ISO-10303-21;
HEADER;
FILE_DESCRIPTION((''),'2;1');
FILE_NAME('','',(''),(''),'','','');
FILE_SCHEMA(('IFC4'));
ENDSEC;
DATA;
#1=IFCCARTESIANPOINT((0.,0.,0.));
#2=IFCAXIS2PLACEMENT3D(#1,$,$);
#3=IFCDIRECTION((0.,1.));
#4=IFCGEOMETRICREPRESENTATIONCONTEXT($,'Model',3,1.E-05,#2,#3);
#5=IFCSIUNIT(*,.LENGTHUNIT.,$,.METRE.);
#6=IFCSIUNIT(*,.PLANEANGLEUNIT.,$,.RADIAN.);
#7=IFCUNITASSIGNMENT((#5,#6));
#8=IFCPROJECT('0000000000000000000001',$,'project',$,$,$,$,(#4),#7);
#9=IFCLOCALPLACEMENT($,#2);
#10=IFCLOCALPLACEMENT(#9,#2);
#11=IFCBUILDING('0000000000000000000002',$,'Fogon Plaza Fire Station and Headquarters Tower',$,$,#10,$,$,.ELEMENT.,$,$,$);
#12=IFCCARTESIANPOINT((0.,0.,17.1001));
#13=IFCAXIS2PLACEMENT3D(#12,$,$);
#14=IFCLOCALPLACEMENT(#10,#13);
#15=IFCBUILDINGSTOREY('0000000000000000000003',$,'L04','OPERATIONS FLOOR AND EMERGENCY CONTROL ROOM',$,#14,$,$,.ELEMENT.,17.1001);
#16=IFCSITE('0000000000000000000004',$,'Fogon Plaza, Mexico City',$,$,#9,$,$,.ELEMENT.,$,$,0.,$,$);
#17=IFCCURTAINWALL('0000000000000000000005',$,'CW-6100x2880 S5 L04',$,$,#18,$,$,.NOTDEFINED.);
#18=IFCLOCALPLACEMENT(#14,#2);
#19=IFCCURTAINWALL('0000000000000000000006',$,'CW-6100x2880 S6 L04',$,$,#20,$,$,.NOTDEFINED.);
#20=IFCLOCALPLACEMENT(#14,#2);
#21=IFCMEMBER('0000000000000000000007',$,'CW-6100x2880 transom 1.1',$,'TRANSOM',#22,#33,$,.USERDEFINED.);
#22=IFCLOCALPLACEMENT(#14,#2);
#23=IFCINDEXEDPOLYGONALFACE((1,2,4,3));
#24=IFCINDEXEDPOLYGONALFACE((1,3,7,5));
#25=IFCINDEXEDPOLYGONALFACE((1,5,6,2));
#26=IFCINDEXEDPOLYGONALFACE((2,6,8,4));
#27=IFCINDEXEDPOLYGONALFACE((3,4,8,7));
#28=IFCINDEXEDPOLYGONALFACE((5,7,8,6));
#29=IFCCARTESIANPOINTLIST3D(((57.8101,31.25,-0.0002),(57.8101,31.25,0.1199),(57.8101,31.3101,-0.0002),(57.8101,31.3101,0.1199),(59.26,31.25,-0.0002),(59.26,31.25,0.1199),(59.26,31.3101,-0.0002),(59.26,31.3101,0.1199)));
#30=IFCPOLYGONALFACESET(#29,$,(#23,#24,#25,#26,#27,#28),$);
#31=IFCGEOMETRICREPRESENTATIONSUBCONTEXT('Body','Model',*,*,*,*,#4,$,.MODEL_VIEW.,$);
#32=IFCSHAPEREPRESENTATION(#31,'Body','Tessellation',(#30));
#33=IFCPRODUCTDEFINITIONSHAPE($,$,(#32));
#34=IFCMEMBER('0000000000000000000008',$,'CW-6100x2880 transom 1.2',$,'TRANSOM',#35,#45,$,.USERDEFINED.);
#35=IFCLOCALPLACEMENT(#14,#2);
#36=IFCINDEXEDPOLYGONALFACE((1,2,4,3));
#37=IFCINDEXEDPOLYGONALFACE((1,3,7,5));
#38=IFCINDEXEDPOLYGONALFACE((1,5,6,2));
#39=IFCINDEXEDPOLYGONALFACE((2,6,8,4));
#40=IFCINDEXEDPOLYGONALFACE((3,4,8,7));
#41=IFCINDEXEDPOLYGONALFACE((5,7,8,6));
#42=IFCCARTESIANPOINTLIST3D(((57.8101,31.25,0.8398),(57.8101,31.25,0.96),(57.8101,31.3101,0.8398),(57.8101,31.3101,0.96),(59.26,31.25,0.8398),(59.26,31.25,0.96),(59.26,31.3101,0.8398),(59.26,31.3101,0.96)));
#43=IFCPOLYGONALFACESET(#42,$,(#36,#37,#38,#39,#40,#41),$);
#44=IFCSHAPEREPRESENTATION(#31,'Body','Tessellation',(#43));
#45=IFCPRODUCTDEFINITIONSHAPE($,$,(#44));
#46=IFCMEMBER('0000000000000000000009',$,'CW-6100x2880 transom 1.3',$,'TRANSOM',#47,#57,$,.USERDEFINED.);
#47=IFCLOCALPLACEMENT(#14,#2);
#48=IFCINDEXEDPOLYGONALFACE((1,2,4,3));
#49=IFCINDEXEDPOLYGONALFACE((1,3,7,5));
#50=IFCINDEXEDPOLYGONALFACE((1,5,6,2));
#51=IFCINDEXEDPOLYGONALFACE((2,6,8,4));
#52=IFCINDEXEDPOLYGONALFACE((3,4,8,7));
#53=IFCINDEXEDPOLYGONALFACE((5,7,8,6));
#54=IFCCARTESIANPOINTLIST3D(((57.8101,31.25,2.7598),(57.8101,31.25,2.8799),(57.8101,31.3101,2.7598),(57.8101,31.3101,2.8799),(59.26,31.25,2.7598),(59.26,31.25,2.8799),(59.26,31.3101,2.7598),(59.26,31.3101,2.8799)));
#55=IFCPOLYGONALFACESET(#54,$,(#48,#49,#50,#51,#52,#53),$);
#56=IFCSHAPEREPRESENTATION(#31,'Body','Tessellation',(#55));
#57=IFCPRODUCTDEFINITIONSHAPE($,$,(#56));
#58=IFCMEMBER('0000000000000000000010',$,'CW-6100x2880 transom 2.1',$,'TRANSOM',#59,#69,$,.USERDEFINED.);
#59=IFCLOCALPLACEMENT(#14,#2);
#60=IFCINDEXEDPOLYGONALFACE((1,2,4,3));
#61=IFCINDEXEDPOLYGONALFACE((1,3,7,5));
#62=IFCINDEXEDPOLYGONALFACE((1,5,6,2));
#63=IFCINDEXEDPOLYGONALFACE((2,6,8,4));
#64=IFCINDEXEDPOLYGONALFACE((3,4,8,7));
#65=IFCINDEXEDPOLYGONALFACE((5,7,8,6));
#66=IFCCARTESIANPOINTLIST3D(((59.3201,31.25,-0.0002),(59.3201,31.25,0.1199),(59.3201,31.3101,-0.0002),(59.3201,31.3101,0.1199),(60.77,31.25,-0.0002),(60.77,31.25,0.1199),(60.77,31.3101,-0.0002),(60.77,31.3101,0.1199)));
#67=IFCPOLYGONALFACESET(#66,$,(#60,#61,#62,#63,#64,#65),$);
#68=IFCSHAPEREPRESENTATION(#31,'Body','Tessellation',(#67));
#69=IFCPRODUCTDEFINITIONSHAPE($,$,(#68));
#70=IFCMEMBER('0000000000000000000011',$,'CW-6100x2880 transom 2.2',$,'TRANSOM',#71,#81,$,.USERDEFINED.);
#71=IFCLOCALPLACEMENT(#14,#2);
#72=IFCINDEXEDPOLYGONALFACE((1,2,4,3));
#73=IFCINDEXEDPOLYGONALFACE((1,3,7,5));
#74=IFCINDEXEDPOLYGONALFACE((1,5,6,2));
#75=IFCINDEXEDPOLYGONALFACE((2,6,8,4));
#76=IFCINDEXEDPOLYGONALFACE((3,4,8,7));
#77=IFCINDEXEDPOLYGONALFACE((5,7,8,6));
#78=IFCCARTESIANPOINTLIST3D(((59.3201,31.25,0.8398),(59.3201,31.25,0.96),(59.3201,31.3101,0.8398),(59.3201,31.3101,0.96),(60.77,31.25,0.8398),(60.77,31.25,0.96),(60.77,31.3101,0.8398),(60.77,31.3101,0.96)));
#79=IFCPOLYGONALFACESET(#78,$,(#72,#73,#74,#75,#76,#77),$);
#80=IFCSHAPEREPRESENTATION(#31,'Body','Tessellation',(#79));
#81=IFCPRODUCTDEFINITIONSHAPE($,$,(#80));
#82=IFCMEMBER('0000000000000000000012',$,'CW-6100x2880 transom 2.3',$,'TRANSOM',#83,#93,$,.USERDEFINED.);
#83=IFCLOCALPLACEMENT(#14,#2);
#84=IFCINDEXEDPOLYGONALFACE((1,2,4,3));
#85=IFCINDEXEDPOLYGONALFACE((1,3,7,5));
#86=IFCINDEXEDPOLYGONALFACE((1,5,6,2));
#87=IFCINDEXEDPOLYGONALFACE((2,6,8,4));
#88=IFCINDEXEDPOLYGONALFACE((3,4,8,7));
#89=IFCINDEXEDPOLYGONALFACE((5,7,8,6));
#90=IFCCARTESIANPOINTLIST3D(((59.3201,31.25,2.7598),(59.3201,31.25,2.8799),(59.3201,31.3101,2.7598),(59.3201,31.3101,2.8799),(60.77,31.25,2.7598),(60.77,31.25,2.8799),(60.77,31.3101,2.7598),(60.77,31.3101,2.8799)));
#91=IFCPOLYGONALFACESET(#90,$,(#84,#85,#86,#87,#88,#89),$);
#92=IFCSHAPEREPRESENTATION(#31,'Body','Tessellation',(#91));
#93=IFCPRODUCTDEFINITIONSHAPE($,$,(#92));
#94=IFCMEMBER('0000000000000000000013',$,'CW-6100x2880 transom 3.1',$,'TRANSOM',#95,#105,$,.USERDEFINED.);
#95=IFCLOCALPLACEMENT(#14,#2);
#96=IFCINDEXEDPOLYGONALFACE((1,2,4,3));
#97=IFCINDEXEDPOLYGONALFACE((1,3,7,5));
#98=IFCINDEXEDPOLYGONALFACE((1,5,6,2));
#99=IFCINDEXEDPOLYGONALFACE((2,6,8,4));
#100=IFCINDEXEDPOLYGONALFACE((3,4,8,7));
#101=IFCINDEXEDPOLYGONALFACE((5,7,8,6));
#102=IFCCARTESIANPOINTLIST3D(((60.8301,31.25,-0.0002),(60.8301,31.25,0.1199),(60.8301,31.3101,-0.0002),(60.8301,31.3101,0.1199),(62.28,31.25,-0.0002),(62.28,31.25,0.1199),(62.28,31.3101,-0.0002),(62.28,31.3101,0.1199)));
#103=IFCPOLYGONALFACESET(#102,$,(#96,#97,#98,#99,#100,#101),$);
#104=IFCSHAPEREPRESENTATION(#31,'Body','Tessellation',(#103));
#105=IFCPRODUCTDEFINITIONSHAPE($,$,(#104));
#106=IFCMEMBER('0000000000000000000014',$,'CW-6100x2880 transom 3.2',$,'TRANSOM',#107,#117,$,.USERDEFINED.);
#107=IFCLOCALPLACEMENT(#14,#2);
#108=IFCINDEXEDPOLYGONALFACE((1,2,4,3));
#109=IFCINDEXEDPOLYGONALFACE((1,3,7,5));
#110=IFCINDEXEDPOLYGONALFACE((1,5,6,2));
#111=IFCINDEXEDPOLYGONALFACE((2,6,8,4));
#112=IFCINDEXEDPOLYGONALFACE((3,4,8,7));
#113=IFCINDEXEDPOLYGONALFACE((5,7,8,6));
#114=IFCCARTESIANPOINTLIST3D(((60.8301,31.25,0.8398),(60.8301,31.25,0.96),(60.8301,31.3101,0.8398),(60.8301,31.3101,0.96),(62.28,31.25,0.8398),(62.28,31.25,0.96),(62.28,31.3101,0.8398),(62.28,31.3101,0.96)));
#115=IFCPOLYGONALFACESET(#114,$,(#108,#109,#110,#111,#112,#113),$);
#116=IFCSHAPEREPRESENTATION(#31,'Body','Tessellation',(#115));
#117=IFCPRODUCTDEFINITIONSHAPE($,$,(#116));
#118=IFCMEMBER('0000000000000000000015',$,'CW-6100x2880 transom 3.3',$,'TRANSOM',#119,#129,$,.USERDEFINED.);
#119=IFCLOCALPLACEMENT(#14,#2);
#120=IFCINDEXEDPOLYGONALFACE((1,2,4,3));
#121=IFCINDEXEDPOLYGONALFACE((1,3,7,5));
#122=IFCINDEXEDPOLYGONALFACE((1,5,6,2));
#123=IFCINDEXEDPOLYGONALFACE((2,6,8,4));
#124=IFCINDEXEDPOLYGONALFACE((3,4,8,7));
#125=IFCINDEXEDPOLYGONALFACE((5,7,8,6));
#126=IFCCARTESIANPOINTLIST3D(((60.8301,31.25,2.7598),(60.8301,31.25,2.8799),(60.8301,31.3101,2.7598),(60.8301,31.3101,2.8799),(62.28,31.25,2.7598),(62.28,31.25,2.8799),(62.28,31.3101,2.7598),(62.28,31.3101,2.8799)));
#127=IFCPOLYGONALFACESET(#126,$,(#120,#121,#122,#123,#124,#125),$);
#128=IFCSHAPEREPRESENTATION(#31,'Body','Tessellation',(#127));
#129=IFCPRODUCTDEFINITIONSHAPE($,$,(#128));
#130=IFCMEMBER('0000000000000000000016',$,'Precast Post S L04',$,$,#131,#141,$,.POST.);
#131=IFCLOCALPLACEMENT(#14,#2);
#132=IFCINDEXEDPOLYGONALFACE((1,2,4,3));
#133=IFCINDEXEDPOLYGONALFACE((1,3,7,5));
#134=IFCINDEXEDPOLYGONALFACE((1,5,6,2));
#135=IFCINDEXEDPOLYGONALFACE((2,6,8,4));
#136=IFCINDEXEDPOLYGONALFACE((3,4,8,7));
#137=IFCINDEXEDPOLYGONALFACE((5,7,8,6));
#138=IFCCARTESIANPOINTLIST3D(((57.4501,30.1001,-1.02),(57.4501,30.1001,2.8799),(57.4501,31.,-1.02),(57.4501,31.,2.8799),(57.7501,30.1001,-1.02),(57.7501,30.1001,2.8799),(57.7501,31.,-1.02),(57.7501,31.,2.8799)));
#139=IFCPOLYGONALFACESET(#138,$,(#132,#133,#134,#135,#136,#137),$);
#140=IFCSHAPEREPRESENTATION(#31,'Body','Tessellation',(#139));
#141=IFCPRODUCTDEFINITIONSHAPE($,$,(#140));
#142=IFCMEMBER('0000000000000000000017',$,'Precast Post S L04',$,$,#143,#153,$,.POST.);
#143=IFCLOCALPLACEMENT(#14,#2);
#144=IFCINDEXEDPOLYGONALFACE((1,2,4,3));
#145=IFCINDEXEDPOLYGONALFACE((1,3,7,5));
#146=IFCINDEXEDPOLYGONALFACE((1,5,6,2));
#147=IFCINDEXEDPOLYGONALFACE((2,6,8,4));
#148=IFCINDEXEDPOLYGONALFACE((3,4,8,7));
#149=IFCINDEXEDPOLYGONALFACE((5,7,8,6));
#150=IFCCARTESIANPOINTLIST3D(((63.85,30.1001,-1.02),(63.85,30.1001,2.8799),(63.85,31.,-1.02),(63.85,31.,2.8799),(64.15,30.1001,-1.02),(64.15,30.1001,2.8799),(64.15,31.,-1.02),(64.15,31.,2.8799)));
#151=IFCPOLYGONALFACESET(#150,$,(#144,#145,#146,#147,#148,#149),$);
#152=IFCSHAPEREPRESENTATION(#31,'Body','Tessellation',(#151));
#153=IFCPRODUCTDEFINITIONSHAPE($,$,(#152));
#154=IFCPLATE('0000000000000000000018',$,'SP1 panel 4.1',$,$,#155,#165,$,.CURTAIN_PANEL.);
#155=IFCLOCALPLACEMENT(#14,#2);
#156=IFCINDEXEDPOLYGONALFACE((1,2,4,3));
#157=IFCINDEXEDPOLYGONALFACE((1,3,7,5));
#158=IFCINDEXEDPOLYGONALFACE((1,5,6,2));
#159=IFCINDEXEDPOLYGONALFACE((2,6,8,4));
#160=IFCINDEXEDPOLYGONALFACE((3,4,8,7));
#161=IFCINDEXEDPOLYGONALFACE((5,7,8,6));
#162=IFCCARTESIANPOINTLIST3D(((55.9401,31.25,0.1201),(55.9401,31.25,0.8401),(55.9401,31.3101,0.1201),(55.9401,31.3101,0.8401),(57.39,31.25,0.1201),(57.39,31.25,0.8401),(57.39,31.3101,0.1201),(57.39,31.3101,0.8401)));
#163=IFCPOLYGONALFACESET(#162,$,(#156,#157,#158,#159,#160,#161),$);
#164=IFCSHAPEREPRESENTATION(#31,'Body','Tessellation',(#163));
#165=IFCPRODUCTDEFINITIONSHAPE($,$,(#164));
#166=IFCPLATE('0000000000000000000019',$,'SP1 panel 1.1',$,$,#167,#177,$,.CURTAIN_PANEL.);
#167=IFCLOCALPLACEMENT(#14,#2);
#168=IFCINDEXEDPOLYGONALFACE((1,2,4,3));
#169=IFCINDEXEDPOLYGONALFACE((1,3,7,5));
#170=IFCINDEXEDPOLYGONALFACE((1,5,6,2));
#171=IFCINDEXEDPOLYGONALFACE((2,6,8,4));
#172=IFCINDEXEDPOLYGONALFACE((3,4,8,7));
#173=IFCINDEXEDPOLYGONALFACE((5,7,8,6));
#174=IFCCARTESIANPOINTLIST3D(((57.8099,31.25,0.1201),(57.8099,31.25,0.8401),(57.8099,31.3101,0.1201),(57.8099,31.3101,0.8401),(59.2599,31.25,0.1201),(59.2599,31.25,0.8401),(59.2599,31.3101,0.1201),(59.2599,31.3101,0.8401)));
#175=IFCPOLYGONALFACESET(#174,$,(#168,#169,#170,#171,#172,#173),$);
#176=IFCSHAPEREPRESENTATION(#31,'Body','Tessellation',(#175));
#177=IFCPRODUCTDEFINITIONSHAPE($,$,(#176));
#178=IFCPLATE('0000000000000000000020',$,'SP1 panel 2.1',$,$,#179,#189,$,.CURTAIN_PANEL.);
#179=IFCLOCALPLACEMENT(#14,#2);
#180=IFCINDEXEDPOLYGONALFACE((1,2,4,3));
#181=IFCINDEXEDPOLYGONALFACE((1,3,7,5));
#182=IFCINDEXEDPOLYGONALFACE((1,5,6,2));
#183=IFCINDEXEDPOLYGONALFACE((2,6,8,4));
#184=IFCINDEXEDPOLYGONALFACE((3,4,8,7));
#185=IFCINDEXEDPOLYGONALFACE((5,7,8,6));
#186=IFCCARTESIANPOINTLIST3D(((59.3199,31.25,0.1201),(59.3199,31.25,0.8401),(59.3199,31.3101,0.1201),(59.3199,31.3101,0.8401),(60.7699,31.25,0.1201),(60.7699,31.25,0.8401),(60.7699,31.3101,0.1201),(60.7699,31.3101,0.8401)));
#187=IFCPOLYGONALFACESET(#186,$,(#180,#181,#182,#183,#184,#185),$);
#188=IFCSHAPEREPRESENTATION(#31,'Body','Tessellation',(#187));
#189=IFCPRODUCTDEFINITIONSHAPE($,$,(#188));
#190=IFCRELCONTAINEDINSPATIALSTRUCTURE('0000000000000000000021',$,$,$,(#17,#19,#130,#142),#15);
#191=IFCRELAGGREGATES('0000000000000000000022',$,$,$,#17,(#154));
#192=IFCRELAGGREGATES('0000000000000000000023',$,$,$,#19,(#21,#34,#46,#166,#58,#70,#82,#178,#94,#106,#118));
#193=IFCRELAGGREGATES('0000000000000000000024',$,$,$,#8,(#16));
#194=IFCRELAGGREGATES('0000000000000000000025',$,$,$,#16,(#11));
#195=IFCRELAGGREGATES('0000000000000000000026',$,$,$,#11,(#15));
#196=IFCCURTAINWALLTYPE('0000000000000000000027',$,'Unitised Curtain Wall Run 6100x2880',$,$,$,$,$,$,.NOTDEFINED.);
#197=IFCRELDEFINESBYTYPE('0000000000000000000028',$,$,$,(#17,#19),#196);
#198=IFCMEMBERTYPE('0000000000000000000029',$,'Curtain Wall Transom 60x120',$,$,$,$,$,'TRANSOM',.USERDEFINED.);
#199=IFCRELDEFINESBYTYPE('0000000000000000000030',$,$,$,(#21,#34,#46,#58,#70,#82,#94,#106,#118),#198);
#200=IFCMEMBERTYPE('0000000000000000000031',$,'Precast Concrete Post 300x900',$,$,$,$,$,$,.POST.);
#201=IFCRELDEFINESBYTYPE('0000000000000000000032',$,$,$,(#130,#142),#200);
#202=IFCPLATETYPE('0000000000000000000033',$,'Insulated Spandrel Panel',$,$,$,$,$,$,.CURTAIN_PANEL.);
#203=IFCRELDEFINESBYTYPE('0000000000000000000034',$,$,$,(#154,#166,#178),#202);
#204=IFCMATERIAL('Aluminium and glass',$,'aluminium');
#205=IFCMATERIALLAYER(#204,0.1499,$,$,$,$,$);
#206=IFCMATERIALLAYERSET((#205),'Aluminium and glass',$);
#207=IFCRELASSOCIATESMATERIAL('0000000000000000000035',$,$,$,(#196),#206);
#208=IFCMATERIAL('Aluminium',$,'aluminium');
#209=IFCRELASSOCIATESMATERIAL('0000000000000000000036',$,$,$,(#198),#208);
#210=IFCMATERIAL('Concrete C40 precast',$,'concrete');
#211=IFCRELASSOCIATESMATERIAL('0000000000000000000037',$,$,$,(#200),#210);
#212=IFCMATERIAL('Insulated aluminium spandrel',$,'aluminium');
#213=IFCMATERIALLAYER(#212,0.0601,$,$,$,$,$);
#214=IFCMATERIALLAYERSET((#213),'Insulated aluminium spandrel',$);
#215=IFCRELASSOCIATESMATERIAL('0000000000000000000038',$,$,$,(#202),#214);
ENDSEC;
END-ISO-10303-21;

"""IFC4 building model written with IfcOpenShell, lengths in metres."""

from ifc_helpers import new_model, si_unit, direction, frame, origin, origin_2d, place, context, subcontext, project, spatial, rectangle, extrude, material, layer, layer_set, material_profile, profile_set, type_object, element, aggregate, save


model = new_model("IFC4")

# Units and contexts
model_context = context("Model", 3, precision=1e-05, world=origin(), true_north=direction((0.0, 1.0)))
body_context = subcontext(model_context, "Body", "Model", "MODEL_VIEW")
ifc_project = project(units=[si_unit("LENGTHUNIT", "METRE"), si_unit("PLANEANGLEUNIT", "RADIAN")], contexts=[model_context])

# Site, building, storey
site_placement = place(None, origin())
site = spatial("IfcSite", under=ifc_project, at=site_placement, Name="Fogon Plaza, Mexico City", CompositionType="ELEMENT", RefElevation=0.0)
building_placement = place(site_placement, origin())
building = spatial("IfcBuilding", under=site, at=building_placement, Name="Fogon Plaza Fire Station and Headquarters Tower", CompositionType="ELEMENT")
storey_placement = place(building_placement, frame((0.0, 0.0, 17.1001)))
storey = spatial("IfcBuildingStorey", under=building, at=storey_placement, Name="L04", Description="OPERATIONS FLOOR AND EMERGENCY CONTROL ROOM", CompositionType="ELEMENT", Elevation=17.1001)

# Curtain walls
ifc_material_1 = material(Name="Aluminium and glass", Category="aluminium")
ifc_layer_1 = layer(ifc_material_1, 0.1499)
ifc_layer_set_1 = layer_set([ifc_layer_1], Name="Aluminium and glass")
curtain_wall_type = type_object("IfcCurtainWallType", Name="Unitised Curtain Wall Run 6100x2880", PredefinedType="NOTDEFINED", material=ifc_layer_set_1)
curtain_wall_1_placement = place(storey_placement, origin())
curtain_wall_1 = element("IfcCurtainWall", 1, at=curtain_wall_1_placement, inside=storey, type_object=curtain_wall_type, Name="CW-6100x2880 S5 L04", PredefinedType="NOTDEFINED")
curtain_wall_2_placement = place(storey_placement, origin())
curtain_wall_2 = element("IfcCurtainWall", 2, at=curtain_wall_2_placement, inside=storey, type_object=curtain_wall_type, Name="CW-6100x2880 S6 L04", PredefinedType="NOTDEFINED")

# Members
ifc_material_2 = material(Name="Aluminium", Category="aluminium")
ifc_material_profile_1 = material_profile(ifc_material_2, rectangle(XDim=0.0601, YDim=0.1201, at=origin_2d()), Name="Curtain Wall Transom 60x120")
ifc_profile_set_1 = profile_set([ifc_material_profile_1], Name="Aluminium")
member_type_1 = type_object("IfcMemberType", Name="Curtain Wall Transom 60x120", ElementType="TRANSOM", PredefinedType="USERDEFINED", material=ifc_profile_set_1)
member_1_placement = place(storey_placement, frame((57.8101, 31.28, 0.0598), z_axis=(1.0, 0.0, 0.0), x_axis=(0.0, 1.0, 0.0)))
member_1 = element("IfcMember", 3, at=member_1_placement, type_object=member_type_1, Name="CW-6100x2880 transom 1.1", ObjectType="TRANSOM", PredefinedType="USERDEFINED", context=body_context, shape_type="SweptSolid", body=[
    extrude(rectangle(XDim=0.0601, YDim=0.1201, at=origin_2d()), origin(), (0.0, 0.0, 1.0), 1.45),
])
member_2_placement = place(storey_placement, frame((57.8101, 31.28, 0.8999), z_axis=(1.0, 0.0, 0.0), x_axis=(0.0, 1.0, 0.0)))
member_2 = element("IfcMember", 4, at=member_2_placement, type_object=member_type_1, Name="CW-6100x2880 transom 1.2", ObjectType="TRANSOM", PredefinedType="USERDEFINED", context=body_context, shape_type="SweptSolid", body=[
    extrude(rectangle(XDim=0.0601, YDim=0.1201, at=origin_2d()), origin(), (0.0, 0.0, 1.0), 1.45),
])
member_3_placement = place(storey_placement, frame((57.8101, 31.28, 2.8198), z_axis=(1.0, 0.0, 0.0), x_axis=(0.0, 1.0, 0.0)))
member_3 = element("IfcMember", 5, at=member_3_placement, type_object=member_type_1, Name="CW-6100x2880 transom 1.3", ObjectType="TRANSOM", PredefinedType="USERDEFINED", context=body_context, shape_type="SweptSolid", body=[
    extrude(rectangle(XDim=0.0601, YDim=0.1201, at=origin_2d()), origin(), (0.0, 0.0, 1.0), 1.45),
])
member_4_placement = place(storey_placement, frame((59.3201, 31.28, 0.0598), z_axis=(1.0, 0.0, 0.0), x_axis=(0.0, 1.0, 0.0)))
member_4 = element("IfcMember", 6, at=member_4_placement, type_object=member_type_1, Name="CW-6100x2880 transom 2.1", ObjectType="TRANSOM", PredefinedType="USERDEFINED", context=body_context, shape_type="SweptSolid", body=[
    extrude(rectangle(XDim=0.0601, YDim=0.1201, at=origin_2d()), origin(), (0.0, 0.0, 1.0), 1.45),
])
member_5_placement = place(storey_placement, frame((59.3201, 31.28, 0.8999), z_axis=(1.0, 0.0, 0.0), x_axis=(0.0, 1.0, 0.0)))
member_5 = element("IfcMember", 7, at=member_5_placement, type_object=member_type_1, Name="CW-6100x2880 transom 2.2", ObjectType="TRANSOM", PredefinedType="USERDEFINED", context=body_context, shape_type="SweptSolid", body=[
    extrude(rectangle(XDim=0.0601, YDim=0.1201, at=origin_2d()), origin(), (0.0, 0.0, 1.0), 1.45),
])
member_6_placement = place(storey_placement, frame((59.3201, 31.28, 2.8198), z_axis=(1.0, 0.0, 0.0), x_axis=(0.0, 1.0, 0.0)))
member_6 = element("IfcMember", 8, at=member_6_placement, type_object=member_type_1, Name="CW-6100x2880 transom 2.3", ObjectType="TRANSOM", PredefinedType="USERDEFINED", context=body_context, shape_type="SweptSolid", body=[
    extrude(rectangle(XDim=0.0601, YDim=0.1201, at=origin_2d()), origin(), (0.0, 0.0, 1.0), 1.45),
])
member_7_placement = place(storey_placement, frame((60.8301, 31.28, 0.0598), z_axis=(1.0, 0.0, 0.0), x_axis=(0.0, 1.0, 0.0)))
member_7 = element("IfcMember", 9, at=member_7_placement, type_object=member_type_1, Name="CW-6100x2880 transom 3.1", ObjectType="TRANSOM", PredefinedType="USERDEFINED", context=body_context, shape_type="SweptSolid", body=[
    extrude(rectangle(XDim=0.0601, YDim=0.1201, at=origin_2d()), origin(), (0.0, 0.0, 1.0), 1.45),
])
member_8_placement = place(storey_placement, frame((60.8301, 31.28, 0.8999), z_axis=(1.0, 0.0, 0.0), x_axis=(0.0, 1.0, 0.0)))
member_8 = element("IfcMember", 10, at=member_8_placement, type_object=member_type_1, Name="CW-6100x2880 transom 3.2", ObjectType="TRANSOM", PredefinedType="USERDEFINED", context=body_context, shape_type="SweptSolid", body=[
    extrude(rectangle(XDim=0.0601, YDim=0.1201, at=origin_2d()), origin(), (0.0, 0.0, 1.0), 1.45),
])
member_9_placement = place(storey_placement, frame((60.8301, 31.28, 2.8198), z_axis=(1.0, 0.0, 0.0), x_axis=(0.0, 1.0, 0.0)))
member_9 = element("IfcMember", 11, at=member_9_placement, type_object=member_type_1, Name="CW-6100x2880 transom 3.3", ObjectType="TRANSOM", PredefinedType="USERDEFINED", context=body_context, shape_type="SweptSolid", body=[
    extrude(rectangle(XDim=0.0601, YDim=0.1201, at=origin_2d()), origin(), (0.0, 0.0, 1.0), 1.45),
])

# Members
ifc_material_3 = material(Name="Concrete C40 precast", Category="concrete")
ifc_material_profile_2 = material_profile(ifc_material_3, rectangle(XDim=0.3, YDim=0.8999, at=origin_2d()), Name="Precast Concrete Post 300x900")
ifc_profile_set_2 = profile_set([ifc_material_profile_2], Name="Concrete C40 precast")
member_type_2 = type_object("IfcMemberType", Name="Precast Concrete Post 300x900", PredefinedType="POST", material=ifc_profile_set_2)
for number, where, z_axis, x_axis, name in (
    (12, (57.6001, 30.55, -1.02), (0.0, 0.0, 1.0), (1.0, 0.0, 0.0), "Precast Post S L04"),
    (13, (64.0, 30.55, -1.02), (0.0, 0.0, 1.0), (1.0, 0.0, 0.0), "Precast Post S L04"),
):
    element("IfcMember", number, at=place(storey_placement, frame(where, z_axis=z_axis, x_axis=x_axis)), inside=storey, type_object=member_type_2, Name=name, PredefinedType="POST", context=body_context, shape_type="SweptSolid", body=[
        extrude(rectangle(XDim=0.3, YDim=0.8999, at=origin_2d()), origin(), (0.0, 0.0, 1.0), 3.8999),
    ])

# Plates
ifc_material_4 = material(Name="Insulated aluminium spandrel", Category="aluminium")
ifc_layer_2 = layer(ifc_material_4, 0.0601)
ifc_layer_set_2 = layer_set([ifc_layer_2], Name="Insulated aluminium spandrel")
plate_type_1 = type_object("IfcPlateType", Name="Insulated Spandrel Panel", PredefinedType="CURTAIN_PANEL", material=ifc_layer_set_2)
plate_1_placement = place(storey_placement, frame((56.665, 31.28, 0.1201), z_axis=(0.0, 0.0, 1.0), x_axis=(1.0, 0.0, 0.0)))
plate_1 = element("IfcPlate", 14, at=plate_1_placement, type_object=plate_type_1, Name="SP1 panel 4.1", PredefinedType="CURTAIN_PANEL", context=body_context, shape_type="SweptSolid", body=[
    extrude(rectangle(XDim=1.45, YDim=0.0601, at=origin_2d()), origin(), (0.0, 0.0, 1.0), 0.72),
])
plate_2_placement = place(storey_placement, frame((58.5349, 31.28, 0.1201), z_axis=(0.0, 0.0, 1.0), x_axis=(1.0, 0.0, 0.0)))
plate_2 = element("IfcPlate", 15, at=plate_2_placement, type_object=plate_type_1, Name="SP1 panel 1.1", PredefinedType="CURTAIN_PANEL", context=body_context, shape_type="SweptSolid", body=[
    extrude(rectangle(XDim=1.45, YDim=0.0601, at=origin_2d()), origin(), (0.0, 0.0, 1.0), 0.72),
])
plate_3_placement = place(storey_placement, frame((60.0449, 31.28, 0.1201), z_axis=(0.0, 0.0, 1.0), x_axis=(1.0, 0.0, 0.0)))
plate_3 = element("IfcPlate", 16, at=plate_3_placement, type_object=plate_type_1, Name="SP1 panel 2.1", PredefinedType="CURTAIN_PANEL", context=body_context, shape_type="SweptSolid", body=[
    extrude(rectangle(XDim=1.45, YDim=0.0601, at=origin_2d()), origin(), (0.0, 0.0, 1.0), 0.72),
])
aggregate(curtain_wall_1, [plate_1])
aggregate(curtain_wall_2, [member_1, member_2, member_3, plate_2, member_4, member_5, member_6, plate_3, member_7, member_8, member_9])

save(model, "model.ifc")
